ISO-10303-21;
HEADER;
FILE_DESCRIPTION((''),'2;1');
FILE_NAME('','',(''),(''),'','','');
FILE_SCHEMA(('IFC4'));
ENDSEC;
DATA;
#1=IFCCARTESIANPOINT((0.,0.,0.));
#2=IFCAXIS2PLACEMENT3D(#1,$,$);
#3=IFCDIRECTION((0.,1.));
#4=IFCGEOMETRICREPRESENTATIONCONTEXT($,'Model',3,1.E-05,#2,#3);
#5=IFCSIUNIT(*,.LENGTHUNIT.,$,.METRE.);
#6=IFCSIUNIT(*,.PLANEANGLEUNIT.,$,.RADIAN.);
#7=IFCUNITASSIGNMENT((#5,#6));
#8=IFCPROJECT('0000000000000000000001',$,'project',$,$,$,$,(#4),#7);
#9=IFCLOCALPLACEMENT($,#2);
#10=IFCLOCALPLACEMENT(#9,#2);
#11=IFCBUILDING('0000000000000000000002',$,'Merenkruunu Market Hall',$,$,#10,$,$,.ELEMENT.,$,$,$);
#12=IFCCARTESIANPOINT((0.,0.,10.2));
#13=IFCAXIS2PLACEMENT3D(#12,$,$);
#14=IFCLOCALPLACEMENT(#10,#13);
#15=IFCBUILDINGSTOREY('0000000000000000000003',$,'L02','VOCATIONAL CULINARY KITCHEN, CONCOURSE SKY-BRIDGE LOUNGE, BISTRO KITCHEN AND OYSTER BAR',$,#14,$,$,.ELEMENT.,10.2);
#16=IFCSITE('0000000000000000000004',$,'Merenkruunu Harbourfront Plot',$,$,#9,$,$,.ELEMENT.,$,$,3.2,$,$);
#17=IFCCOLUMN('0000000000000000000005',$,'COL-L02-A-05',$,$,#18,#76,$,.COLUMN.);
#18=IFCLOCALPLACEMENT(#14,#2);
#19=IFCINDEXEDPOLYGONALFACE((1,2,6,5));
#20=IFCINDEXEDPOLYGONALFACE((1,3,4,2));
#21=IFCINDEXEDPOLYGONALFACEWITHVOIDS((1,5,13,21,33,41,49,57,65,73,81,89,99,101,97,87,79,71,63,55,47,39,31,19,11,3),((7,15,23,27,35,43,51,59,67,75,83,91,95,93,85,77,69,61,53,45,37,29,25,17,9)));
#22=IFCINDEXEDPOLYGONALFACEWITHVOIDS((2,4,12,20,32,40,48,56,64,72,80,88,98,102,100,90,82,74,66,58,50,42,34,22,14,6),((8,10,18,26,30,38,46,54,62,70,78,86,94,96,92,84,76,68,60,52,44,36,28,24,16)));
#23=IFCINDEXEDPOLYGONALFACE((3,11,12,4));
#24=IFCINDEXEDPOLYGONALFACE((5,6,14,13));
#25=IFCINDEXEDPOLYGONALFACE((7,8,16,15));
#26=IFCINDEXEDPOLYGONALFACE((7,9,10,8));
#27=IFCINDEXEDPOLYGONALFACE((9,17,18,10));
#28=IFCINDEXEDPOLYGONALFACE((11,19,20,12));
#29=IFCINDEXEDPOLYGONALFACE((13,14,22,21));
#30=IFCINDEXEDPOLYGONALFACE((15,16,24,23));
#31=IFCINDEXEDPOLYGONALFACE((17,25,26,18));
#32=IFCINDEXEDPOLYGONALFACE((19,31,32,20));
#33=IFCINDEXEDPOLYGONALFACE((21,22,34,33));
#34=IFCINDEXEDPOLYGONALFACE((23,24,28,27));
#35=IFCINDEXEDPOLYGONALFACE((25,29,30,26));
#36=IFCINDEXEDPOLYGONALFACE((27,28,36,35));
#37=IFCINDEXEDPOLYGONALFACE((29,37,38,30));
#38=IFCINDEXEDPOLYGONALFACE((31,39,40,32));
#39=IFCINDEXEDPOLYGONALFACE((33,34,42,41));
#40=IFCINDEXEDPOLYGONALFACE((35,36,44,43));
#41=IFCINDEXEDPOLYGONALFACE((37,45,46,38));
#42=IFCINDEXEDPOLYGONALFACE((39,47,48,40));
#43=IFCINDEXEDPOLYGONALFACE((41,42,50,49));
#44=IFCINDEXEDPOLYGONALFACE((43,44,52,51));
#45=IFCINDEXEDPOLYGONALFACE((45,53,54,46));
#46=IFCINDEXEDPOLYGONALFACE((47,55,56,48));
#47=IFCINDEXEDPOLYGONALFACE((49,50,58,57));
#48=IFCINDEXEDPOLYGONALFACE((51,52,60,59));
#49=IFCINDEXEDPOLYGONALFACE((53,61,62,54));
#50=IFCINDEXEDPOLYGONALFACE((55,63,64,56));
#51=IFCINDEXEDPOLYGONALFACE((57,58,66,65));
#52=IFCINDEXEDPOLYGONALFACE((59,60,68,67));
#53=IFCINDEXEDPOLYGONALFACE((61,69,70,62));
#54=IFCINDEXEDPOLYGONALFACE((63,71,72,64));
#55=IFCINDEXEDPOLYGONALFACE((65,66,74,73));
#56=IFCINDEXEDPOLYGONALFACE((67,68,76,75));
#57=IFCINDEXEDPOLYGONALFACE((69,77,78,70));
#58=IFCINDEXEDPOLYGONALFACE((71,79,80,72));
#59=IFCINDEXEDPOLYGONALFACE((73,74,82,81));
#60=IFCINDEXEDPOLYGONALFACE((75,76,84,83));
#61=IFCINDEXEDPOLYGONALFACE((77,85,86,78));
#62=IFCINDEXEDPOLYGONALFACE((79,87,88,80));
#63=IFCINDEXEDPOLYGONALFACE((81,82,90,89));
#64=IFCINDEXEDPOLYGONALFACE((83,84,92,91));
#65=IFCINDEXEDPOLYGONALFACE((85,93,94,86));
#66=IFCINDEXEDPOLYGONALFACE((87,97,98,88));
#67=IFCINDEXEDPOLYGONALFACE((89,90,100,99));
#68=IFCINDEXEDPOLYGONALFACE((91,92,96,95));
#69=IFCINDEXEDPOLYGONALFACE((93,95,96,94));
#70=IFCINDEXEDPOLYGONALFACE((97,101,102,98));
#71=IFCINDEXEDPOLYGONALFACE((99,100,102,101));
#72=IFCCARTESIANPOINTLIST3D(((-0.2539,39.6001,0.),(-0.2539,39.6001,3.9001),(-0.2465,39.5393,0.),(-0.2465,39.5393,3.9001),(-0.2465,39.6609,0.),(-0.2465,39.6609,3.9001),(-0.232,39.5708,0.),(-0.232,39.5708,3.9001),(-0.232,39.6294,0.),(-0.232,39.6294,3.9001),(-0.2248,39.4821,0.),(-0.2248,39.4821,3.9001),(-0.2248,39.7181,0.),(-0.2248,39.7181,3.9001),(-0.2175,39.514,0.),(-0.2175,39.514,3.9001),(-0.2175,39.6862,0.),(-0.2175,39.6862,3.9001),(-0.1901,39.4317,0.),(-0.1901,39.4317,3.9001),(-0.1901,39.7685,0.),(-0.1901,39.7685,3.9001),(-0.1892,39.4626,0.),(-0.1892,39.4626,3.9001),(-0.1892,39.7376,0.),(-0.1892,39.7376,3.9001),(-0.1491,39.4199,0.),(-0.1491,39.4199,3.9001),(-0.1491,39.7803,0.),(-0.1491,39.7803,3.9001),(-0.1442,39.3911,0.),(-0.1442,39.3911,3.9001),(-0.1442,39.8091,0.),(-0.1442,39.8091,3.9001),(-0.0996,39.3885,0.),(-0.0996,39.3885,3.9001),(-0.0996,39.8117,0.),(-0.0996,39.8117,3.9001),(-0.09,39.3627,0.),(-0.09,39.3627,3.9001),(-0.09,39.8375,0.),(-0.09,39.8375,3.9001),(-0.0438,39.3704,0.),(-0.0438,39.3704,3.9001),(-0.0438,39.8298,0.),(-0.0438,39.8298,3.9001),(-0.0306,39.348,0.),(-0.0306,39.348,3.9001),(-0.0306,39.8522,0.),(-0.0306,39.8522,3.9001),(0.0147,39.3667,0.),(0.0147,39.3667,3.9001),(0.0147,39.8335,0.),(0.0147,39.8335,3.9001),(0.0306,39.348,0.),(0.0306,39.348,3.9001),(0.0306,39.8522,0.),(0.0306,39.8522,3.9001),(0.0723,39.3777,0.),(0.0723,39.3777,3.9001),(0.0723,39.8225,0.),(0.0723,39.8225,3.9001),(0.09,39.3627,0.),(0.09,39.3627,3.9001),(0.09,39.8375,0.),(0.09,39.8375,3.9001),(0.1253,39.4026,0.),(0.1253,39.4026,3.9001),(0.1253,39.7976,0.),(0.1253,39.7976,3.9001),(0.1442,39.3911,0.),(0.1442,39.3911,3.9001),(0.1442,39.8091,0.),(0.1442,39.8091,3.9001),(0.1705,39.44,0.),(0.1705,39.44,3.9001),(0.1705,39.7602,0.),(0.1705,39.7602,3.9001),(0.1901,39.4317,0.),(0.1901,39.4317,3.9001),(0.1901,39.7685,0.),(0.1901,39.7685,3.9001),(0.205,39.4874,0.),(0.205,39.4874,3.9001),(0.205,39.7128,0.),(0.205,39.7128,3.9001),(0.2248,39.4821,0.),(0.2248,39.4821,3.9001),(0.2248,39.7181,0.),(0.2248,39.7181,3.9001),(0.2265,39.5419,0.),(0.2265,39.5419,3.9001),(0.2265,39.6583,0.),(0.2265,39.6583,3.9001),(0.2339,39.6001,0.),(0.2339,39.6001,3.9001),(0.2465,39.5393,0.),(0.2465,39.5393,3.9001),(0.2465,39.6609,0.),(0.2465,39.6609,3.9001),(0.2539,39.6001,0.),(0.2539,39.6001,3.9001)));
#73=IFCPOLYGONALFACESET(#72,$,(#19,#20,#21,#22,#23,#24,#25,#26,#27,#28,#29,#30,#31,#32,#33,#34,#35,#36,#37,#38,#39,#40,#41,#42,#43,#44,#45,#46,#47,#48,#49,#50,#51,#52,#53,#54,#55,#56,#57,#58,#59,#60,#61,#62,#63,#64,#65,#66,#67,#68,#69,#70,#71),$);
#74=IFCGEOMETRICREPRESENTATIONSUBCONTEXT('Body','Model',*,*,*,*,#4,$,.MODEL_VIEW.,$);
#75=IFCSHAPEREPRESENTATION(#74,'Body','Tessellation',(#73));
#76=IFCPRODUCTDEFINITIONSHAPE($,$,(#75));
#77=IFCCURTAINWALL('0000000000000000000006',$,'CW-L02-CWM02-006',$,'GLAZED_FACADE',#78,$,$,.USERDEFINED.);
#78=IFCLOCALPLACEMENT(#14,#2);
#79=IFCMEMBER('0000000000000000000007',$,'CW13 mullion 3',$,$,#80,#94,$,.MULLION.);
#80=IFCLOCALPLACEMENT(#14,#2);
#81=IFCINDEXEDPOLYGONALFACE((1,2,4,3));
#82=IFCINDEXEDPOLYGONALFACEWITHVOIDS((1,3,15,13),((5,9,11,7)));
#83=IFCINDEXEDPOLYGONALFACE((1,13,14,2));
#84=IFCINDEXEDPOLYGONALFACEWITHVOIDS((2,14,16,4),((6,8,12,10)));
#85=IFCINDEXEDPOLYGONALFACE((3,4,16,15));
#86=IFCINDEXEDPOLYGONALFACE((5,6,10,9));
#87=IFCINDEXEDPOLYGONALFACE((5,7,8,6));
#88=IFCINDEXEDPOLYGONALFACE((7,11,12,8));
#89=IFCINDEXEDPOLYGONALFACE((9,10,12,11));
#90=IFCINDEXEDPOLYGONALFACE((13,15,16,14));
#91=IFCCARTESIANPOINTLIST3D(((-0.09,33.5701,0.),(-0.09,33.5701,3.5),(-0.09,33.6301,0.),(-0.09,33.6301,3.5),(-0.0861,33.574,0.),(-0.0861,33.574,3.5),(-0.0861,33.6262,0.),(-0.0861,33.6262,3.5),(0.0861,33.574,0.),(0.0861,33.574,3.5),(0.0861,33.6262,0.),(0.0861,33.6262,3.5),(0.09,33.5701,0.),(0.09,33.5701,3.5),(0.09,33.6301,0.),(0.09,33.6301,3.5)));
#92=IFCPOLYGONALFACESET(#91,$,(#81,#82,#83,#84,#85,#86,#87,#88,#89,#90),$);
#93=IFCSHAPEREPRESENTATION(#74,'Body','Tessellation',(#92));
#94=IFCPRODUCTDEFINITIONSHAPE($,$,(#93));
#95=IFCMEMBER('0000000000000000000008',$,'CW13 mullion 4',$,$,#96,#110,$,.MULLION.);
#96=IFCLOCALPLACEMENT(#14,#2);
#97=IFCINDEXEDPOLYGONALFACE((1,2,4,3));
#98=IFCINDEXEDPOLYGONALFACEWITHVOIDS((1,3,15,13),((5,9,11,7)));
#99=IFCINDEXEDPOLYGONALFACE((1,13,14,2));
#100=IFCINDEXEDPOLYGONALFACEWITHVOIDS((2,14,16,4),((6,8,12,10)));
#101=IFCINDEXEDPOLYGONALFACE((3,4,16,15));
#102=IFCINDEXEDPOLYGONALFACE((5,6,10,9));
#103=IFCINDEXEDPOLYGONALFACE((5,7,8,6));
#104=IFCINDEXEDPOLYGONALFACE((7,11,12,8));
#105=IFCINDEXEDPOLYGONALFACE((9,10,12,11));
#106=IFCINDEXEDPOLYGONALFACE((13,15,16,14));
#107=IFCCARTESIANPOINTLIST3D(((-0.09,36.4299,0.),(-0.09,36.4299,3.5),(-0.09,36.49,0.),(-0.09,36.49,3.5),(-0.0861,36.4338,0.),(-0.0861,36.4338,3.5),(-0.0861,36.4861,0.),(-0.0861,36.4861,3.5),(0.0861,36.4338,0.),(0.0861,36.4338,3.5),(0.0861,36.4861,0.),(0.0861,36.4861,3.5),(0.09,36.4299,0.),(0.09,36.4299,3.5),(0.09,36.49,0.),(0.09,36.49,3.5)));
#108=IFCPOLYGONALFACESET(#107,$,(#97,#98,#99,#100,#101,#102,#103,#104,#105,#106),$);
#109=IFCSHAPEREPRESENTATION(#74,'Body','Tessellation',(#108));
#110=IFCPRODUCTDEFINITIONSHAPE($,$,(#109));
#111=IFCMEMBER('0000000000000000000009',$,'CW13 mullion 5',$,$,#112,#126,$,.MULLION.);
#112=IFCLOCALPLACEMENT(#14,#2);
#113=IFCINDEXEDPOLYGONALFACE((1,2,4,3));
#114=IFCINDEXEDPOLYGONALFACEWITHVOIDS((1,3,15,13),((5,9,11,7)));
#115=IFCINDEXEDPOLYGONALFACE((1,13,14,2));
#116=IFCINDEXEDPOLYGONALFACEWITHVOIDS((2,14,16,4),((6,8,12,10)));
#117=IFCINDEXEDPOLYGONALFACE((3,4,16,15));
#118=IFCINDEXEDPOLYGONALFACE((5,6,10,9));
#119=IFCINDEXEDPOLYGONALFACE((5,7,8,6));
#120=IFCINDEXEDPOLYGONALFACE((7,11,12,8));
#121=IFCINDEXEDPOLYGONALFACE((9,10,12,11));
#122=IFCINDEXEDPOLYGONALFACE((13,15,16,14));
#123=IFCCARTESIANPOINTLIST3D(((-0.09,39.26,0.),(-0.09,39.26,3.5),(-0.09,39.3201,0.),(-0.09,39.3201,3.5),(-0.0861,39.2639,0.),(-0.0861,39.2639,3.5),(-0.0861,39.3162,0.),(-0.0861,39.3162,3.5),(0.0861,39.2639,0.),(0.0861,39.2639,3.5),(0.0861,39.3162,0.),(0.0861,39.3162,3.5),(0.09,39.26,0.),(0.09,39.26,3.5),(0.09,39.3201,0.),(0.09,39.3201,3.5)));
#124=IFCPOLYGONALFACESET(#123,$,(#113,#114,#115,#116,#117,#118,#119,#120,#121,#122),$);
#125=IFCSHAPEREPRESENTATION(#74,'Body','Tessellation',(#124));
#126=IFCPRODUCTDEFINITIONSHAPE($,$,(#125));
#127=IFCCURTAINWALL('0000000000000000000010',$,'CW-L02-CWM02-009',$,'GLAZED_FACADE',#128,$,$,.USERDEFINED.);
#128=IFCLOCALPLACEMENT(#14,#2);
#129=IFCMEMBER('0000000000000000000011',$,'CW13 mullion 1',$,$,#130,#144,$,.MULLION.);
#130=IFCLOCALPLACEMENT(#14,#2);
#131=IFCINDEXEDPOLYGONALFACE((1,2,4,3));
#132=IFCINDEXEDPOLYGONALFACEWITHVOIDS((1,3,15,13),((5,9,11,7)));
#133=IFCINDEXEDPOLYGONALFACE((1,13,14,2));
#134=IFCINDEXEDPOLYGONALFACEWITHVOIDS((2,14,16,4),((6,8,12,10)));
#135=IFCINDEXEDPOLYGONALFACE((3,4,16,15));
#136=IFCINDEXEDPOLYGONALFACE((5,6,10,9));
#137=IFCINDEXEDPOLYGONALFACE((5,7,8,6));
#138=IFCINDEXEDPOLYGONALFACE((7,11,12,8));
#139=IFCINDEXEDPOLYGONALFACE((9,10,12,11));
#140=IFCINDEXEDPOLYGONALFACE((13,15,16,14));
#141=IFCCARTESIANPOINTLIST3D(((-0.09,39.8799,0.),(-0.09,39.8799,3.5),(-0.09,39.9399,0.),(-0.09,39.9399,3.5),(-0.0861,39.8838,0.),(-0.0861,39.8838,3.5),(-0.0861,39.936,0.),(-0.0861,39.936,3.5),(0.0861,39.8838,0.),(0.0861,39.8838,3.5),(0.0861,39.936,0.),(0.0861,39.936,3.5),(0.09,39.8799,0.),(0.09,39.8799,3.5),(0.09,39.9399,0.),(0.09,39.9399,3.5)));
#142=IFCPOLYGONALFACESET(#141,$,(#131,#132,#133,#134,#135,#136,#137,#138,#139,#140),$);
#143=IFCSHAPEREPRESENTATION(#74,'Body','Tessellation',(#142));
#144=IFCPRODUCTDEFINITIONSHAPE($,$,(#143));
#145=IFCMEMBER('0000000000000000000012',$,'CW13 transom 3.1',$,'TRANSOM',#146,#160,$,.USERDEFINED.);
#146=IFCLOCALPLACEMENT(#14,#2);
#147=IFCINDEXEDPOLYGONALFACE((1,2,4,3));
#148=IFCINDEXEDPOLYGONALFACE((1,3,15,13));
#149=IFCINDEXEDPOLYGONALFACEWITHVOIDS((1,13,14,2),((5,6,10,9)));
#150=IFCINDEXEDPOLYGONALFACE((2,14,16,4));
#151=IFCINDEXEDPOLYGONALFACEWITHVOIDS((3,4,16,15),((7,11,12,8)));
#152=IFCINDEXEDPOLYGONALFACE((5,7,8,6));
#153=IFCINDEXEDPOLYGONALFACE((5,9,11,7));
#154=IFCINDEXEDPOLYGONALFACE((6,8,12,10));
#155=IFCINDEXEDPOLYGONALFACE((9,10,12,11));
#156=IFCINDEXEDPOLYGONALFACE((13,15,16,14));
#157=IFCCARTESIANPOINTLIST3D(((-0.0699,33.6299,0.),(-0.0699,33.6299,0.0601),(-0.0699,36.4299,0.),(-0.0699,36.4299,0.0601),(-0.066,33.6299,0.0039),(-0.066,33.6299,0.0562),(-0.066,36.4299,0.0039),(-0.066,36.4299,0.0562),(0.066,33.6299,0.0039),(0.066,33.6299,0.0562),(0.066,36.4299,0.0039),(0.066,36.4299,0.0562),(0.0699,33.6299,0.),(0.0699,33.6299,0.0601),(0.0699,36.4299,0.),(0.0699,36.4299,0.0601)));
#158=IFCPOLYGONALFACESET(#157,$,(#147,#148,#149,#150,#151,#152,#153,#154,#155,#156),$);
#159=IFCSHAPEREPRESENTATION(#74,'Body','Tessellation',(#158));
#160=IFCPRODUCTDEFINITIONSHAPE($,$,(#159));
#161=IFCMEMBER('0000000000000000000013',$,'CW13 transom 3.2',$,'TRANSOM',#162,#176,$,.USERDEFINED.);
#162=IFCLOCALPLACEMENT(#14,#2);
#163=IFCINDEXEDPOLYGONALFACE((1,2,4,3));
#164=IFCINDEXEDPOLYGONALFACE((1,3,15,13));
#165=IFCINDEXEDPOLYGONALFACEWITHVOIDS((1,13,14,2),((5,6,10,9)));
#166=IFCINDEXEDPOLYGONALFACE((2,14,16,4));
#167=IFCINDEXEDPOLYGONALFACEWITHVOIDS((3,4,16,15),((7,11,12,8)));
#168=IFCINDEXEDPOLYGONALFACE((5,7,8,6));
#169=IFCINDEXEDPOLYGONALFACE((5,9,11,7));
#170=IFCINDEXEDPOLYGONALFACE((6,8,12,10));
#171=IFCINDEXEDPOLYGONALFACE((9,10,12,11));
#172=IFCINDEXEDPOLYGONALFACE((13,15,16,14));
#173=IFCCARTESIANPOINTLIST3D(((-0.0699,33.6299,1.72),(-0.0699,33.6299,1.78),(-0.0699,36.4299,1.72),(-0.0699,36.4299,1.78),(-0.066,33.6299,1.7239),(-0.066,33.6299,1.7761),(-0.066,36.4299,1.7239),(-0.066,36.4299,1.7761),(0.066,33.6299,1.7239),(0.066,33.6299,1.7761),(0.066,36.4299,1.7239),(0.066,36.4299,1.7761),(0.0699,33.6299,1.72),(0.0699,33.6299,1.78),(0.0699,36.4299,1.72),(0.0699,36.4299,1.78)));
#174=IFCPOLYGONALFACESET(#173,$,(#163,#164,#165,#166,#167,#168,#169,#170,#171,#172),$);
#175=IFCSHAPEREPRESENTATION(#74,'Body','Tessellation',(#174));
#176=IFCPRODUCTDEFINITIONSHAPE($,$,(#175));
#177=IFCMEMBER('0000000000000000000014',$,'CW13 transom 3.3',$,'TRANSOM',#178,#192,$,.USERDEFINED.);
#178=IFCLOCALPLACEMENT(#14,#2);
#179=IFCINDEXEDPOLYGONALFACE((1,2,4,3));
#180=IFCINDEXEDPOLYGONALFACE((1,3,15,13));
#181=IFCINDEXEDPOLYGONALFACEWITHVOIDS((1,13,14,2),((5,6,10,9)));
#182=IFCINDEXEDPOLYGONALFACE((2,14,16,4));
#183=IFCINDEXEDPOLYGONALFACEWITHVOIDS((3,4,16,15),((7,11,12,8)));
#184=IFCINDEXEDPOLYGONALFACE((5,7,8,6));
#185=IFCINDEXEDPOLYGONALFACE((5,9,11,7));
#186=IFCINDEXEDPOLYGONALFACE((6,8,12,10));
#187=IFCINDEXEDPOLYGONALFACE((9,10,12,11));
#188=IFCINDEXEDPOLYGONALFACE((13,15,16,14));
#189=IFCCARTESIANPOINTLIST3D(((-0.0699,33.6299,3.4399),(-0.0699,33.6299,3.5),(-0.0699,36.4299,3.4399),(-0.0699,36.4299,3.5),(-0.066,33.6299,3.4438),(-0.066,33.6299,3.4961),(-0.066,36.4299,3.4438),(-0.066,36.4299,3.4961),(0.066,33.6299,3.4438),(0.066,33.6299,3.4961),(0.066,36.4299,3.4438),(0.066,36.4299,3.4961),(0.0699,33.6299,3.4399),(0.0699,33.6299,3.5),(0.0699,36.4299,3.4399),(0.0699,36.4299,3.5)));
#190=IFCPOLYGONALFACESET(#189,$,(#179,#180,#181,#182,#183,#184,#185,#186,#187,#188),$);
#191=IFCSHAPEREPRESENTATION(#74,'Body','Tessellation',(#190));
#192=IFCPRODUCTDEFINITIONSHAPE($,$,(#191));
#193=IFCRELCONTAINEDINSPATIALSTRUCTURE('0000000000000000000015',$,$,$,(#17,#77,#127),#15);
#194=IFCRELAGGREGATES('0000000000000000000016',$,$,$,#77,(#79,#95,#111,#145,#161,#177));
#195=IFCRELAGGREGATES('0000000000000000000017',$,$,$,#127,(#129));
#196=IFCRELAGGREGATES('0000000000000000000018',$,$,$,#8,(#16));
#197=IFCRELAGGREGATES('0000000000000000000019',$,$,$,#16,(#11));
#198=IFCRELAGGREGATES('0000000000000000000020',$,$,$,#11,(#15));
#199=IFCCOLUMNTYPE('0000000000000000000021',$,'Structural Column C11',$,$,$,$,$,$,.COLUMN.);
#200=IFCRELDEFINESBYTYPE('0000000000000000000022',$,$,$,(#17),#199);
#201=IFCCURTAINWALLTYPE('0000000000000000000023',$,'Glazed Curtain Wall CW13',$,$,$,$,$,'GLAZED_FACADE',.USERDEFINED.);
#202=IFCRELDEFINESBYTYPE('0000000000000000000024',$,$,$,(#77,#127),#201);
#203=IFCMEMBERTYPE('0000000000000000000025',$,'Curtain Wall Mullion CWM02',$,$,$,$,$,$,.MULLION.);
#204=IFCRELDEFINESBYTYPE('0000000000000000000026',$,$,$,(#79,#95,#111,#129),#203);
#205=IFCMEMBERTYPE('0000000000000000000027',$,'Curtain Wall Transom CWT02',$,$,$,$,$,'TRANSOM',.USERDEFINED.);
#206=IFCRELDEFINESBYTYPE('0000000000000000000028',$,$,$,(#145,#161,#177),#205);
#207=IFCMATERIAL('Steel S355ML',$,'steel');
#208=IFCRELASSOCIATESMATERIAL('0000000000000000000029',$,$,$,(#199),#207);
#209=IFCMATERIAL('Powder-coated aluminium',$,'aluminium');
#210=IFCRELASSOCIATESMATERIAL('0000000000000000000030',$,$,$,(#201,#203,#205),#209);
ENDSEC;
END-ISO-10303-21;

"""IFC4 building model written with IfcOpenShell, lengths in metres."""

from ifc_helpers import new_model, si_unit, direction, frame, origin, origin_2d, place, context, subcontext, project, spatial, hollow_rectangle, hollow_circle, extrude, material, material_profile, profile_set, type_object, element, aggregate, save


model = new_model("IFC4")

# Units and contexts
model_context = context("Model", 3, precision=1e-05, world=origin(), true_north=direction((0.0, 1.0)))
body_context = subcontext(model_context, "Body", "Model", "MODEL_VIEW")
ifc_project = project(units=[si_unit("LENGTHUNIT", "METRE"), si_unit("PLANEANGLEUNIT", "RADIAN")], contexts=[model_context])

# Site, building, storey
site_placement = place(None, origin())
site = spatial("IfcSite", under=ifc_project, at=site_placement, Name="Merenkruunu Harbourfront Plot", CompositionType="ELEMENT", RefElevation=3.2)
building_placement = place(site_placement, origin())
building = spatial("IfcBuilding", under=site, at=building_placement, Name="Merenkruunu Market Hall", CompositionType="ELEMENT")
storey_placement = place(building_placement, frame((0.0, 0.0, 10.2)))
storey = spatial("IfcBuildingStorey", under=building, at=storey_placement, Name="L02", Description="VOCATIONAL CULINARY KITCHEN, CONCOURSE SKY-BRIDGE LOUNGE, BISTRO KITCHEN AND OYSTER BAR", CompositionType="ELEMENT", Elevation=10.2)

# Column
ifc_material_1 = material(Name="Steel S355ML", Category="steel")
ifc_material_profile_1 = material_profile(ifc_material_1, hollow_circle(Radius=0.2539, WallThickness=0.02, at=origin_2d()), Name="CHS 508x20")
ifc_profile_set_1 = profile_set([ifc_material_profile_1], Name="Steel S355ML")
column_type = type_object("IfcColumnType", Name="Structural Column C11", PredefinedType="COLUMN", material=ifc_profile_set_1)
column_placement = place(storey_placement, frame((0.0, 39.6001, 0.0), z_axis=(0.0, 0.0, 1.0), x_axis=(1.0, 0.0, 0.0)))
element("IfcColumn", 1, at=column_placement, inside=storey, type_object=column_type, Name="COL-L02-A-05", PredefinedType="COLUMN", context=body_context, shape_type="SweptSolid", body=[
    extrude(hollow_circle(Radius=0.2539, WallThickness=0.02, at=origin_2d()), origin(), (0.0, 0.0, 1.0), 3.9001),
])

# Curtain wall, members
ifc_material_2 = material(Name="Powder-coated aluminium", Category="aluminium")
curtain_wall_type = type_object("IfcCurtainWallType", Name="Glazed Curtain Wall CW13", ElementType="GLAZED_FACADE", PredefinedType="USERDEFINED", material=ifc_material_2)
curtain_wall_1_placement = place(storey_placement, origin())
curtain_wall_1 = element("IfcCurtainWall", 2, at=curtain_wall_1_placement, inside=storey, type_object=curtain_wall_type, Name="CW-L02-CWM02-006", ObjectType="GLAZED_FACADE", PredefinedType="USERDEFINED")
ifc_material_profile_2 = material_profile(ifc_material_2, hollow_rectangle(XDim=0.0601, YDim=0.1799, WallThickness=0.0039, at=origin_2d()), Name="ALU 60x180x4")
ifc_profile_set_2 = profile_set([ifc_material_profile_2], Name="Powder-coated aluminium")
member_type_1 = type_object("IfcMemberType", Name="Curtain Wall Mullion CWM02", PredefinedType="MULLION", material=ifc_profile_set_2)
member_1_placement = place(storey_placement, frame((0.0, 33.6001, 0.0), z_axis=(0.0, 0.0, 1.0), x_axis=(0.0, 1.0, 0.0)))
member_1 = element("IfcMember", 3, at=member_1_placement, type_object=member_type_1, Name="CW13 mullion 3", PredefinedType="MULLION", context=body_context, shape_type="SweptSolid", body=[
    extrude(hollow_rectangle(XDim=0.0601, YDim=0.1799, WallThickness=0.0039, at=origin_2d()), origin(), (0.0, 0.0, 1.0), 3.5),
])
member_2_placement = place(storey_placement, frame((0.0, 36.46, 0.0), z_axis=(0.0, 0.0, 1.0), x_axis=(0.0, 1.0, 0.0)))
member_2 = element("IfcMember", 4, at=member_2_placement, type_object=member_type_1, Name="CW13 mullion 4", PredefinedType="MULLION", context=body_context, shape_type="SweptSolid", body=[
    extrude(hollow_rectangle(XDim=0.0601, YDim=0.1799, WallThickness=0.0039, at=origin_2d()), origin(), (0.0, 0.0, 1.0), 3.5),
])
member_3_placement = place(storey_placement, frame((0.0, 39.29, 0.0), z_axis=(0.0, 0.0, 1.0), x_axis=(0.0, 1.0, 0.0)))
member_3 = element("IfcMember", 5, at=member_3_placement, type_object=member_type_1, Name="CW13 mullion 5", PredefinedType="MULLION", context=body_context, shape_type="SweptSolid", body=[
    extrude(hollow_rectangle(XDim=0.0601, YDim=0.1799, WallThickness=0.0039, at=origin_2d()), origin(), (0.0, 0.0, 1.0), 3.5),
])

# Curtain wall, member
curtain_wall_2_placement = place(storey_placement, origin())
curtain_wall_2 = element("IfcCurtainWall", 6, at=curtain_wall_2_placement, inside=storey, type_object=curtain_wall_type, Name="CW-L02-CWM02-009", ObjectType="GLAZED_FACADE", PredefinedType="USERDEFINED")
member_4_placement = place(storey_placement, frame((0.0, 39.9099, 0.0), z_axis=(0.0, 0.0, 1.0), x_axis=(0.0, 1.0, 0.0)))
member_4 = element("IfcMember", 7, at=member_4_placement, type_object=member_type_1, Name="CW13 mullion 1", PredefinedType="MULLION", context=body_context, shape_type="SweptSolid", body=[
    extrude(hollow_rectangle(XDim=0.0601, YDim=0.1799, WallThickness=0.0039, at=origin_2d()), origin(), (0.0, 0.0, 1.0), 3.5),
])

# Members
ifc_material_profile_3 = material_profile(ifc_material_2, hollow_rectangle(XDim=0.0601, YDim=0.1399, WallThickness=0.0039, at=origin_2d()), Name="ALU 60x140x4")
ifc_profile_set_3 = profile_set([ifc_material_profile_3], Name="Powder-coated aluminium")
member_type_2 = type_object("IfcMemberType", Name="Curtain Wall Transom CWT02", ElementType="TRANSOM", PredefinedType="USERDEFINED", material=ifc_profile_set_3)
member_5_placement = place(storey_placement, frame((0.0, 33.6299, 0.03), z_axis=(0.0, 1.0, 0.0), x_axis=(0.0, 0.0, 1.0)))
member_5 = element("IfcMember", 8, at=member_5_placement, type_object=member_type_2, Name="CW13 transom 3.1", ObjectType="TRANSOM", PredefinedType="USERDEFINED", context=body_context, shape_type="SweptSolid", body=[
    extrude(hollow_rectangle(XDim=0.0601, YDim=0.1399, WallThickness=0.0039, at=origin_2d()), origin(), (0.0, 0.0, 1.0), 2.8),
])
member_6_placement = place(storey_placement, frame((0.0, 33.6299, 1.75), z_axis=(0.0, 1.0, 0.0), x_axis=(0.0, 0.0, 1.0)))
member_6 = element("IfcMember", 9, at=member_6_placement, type_object=member_type_2, Name="CW13 transom 3.2", ObjectType="TRANSOM", PredefinedType="USERDEFINED", context=body_context, shape_type="SweptSolid", body=[
    extrude(hollow_rectangle(XDim=0.0601, YDim=0.1399, WallThickness=0.0039, at=origin_2d()), origin(), (0.0, 0.0, 1.0), 2.8),
])
member_7_placement = place(storey_placement, frame((0.0, 33.6299, 3.47), z_axis=(0.0, 1.0, 0.0), x_axis=(0.0, 0.0, 1.0)))
member_7 = element("IfcMember", 10, at=member_7_placement, type_object=member_type_2, Name="CW13 transom 3.3", ObjectType="TRANSOM", PredefinedType="USERDEFINED", context=body_context, shape_type="SweptSolid", body=[
    extrude(hollow_rectangle(XDim=0.0601, YDim=0.1399, WallThickness=0.0039, at=origin_2d()), origin(), (0.0, 0.0, 1.0), 2.8),
])

aggregate(curtain_wall_1, [member_1, member_2, member_3, member_5, member_6, member_7])
aggregate(curtain_wall_2, [member_4])

save(model, "model.ifc")
